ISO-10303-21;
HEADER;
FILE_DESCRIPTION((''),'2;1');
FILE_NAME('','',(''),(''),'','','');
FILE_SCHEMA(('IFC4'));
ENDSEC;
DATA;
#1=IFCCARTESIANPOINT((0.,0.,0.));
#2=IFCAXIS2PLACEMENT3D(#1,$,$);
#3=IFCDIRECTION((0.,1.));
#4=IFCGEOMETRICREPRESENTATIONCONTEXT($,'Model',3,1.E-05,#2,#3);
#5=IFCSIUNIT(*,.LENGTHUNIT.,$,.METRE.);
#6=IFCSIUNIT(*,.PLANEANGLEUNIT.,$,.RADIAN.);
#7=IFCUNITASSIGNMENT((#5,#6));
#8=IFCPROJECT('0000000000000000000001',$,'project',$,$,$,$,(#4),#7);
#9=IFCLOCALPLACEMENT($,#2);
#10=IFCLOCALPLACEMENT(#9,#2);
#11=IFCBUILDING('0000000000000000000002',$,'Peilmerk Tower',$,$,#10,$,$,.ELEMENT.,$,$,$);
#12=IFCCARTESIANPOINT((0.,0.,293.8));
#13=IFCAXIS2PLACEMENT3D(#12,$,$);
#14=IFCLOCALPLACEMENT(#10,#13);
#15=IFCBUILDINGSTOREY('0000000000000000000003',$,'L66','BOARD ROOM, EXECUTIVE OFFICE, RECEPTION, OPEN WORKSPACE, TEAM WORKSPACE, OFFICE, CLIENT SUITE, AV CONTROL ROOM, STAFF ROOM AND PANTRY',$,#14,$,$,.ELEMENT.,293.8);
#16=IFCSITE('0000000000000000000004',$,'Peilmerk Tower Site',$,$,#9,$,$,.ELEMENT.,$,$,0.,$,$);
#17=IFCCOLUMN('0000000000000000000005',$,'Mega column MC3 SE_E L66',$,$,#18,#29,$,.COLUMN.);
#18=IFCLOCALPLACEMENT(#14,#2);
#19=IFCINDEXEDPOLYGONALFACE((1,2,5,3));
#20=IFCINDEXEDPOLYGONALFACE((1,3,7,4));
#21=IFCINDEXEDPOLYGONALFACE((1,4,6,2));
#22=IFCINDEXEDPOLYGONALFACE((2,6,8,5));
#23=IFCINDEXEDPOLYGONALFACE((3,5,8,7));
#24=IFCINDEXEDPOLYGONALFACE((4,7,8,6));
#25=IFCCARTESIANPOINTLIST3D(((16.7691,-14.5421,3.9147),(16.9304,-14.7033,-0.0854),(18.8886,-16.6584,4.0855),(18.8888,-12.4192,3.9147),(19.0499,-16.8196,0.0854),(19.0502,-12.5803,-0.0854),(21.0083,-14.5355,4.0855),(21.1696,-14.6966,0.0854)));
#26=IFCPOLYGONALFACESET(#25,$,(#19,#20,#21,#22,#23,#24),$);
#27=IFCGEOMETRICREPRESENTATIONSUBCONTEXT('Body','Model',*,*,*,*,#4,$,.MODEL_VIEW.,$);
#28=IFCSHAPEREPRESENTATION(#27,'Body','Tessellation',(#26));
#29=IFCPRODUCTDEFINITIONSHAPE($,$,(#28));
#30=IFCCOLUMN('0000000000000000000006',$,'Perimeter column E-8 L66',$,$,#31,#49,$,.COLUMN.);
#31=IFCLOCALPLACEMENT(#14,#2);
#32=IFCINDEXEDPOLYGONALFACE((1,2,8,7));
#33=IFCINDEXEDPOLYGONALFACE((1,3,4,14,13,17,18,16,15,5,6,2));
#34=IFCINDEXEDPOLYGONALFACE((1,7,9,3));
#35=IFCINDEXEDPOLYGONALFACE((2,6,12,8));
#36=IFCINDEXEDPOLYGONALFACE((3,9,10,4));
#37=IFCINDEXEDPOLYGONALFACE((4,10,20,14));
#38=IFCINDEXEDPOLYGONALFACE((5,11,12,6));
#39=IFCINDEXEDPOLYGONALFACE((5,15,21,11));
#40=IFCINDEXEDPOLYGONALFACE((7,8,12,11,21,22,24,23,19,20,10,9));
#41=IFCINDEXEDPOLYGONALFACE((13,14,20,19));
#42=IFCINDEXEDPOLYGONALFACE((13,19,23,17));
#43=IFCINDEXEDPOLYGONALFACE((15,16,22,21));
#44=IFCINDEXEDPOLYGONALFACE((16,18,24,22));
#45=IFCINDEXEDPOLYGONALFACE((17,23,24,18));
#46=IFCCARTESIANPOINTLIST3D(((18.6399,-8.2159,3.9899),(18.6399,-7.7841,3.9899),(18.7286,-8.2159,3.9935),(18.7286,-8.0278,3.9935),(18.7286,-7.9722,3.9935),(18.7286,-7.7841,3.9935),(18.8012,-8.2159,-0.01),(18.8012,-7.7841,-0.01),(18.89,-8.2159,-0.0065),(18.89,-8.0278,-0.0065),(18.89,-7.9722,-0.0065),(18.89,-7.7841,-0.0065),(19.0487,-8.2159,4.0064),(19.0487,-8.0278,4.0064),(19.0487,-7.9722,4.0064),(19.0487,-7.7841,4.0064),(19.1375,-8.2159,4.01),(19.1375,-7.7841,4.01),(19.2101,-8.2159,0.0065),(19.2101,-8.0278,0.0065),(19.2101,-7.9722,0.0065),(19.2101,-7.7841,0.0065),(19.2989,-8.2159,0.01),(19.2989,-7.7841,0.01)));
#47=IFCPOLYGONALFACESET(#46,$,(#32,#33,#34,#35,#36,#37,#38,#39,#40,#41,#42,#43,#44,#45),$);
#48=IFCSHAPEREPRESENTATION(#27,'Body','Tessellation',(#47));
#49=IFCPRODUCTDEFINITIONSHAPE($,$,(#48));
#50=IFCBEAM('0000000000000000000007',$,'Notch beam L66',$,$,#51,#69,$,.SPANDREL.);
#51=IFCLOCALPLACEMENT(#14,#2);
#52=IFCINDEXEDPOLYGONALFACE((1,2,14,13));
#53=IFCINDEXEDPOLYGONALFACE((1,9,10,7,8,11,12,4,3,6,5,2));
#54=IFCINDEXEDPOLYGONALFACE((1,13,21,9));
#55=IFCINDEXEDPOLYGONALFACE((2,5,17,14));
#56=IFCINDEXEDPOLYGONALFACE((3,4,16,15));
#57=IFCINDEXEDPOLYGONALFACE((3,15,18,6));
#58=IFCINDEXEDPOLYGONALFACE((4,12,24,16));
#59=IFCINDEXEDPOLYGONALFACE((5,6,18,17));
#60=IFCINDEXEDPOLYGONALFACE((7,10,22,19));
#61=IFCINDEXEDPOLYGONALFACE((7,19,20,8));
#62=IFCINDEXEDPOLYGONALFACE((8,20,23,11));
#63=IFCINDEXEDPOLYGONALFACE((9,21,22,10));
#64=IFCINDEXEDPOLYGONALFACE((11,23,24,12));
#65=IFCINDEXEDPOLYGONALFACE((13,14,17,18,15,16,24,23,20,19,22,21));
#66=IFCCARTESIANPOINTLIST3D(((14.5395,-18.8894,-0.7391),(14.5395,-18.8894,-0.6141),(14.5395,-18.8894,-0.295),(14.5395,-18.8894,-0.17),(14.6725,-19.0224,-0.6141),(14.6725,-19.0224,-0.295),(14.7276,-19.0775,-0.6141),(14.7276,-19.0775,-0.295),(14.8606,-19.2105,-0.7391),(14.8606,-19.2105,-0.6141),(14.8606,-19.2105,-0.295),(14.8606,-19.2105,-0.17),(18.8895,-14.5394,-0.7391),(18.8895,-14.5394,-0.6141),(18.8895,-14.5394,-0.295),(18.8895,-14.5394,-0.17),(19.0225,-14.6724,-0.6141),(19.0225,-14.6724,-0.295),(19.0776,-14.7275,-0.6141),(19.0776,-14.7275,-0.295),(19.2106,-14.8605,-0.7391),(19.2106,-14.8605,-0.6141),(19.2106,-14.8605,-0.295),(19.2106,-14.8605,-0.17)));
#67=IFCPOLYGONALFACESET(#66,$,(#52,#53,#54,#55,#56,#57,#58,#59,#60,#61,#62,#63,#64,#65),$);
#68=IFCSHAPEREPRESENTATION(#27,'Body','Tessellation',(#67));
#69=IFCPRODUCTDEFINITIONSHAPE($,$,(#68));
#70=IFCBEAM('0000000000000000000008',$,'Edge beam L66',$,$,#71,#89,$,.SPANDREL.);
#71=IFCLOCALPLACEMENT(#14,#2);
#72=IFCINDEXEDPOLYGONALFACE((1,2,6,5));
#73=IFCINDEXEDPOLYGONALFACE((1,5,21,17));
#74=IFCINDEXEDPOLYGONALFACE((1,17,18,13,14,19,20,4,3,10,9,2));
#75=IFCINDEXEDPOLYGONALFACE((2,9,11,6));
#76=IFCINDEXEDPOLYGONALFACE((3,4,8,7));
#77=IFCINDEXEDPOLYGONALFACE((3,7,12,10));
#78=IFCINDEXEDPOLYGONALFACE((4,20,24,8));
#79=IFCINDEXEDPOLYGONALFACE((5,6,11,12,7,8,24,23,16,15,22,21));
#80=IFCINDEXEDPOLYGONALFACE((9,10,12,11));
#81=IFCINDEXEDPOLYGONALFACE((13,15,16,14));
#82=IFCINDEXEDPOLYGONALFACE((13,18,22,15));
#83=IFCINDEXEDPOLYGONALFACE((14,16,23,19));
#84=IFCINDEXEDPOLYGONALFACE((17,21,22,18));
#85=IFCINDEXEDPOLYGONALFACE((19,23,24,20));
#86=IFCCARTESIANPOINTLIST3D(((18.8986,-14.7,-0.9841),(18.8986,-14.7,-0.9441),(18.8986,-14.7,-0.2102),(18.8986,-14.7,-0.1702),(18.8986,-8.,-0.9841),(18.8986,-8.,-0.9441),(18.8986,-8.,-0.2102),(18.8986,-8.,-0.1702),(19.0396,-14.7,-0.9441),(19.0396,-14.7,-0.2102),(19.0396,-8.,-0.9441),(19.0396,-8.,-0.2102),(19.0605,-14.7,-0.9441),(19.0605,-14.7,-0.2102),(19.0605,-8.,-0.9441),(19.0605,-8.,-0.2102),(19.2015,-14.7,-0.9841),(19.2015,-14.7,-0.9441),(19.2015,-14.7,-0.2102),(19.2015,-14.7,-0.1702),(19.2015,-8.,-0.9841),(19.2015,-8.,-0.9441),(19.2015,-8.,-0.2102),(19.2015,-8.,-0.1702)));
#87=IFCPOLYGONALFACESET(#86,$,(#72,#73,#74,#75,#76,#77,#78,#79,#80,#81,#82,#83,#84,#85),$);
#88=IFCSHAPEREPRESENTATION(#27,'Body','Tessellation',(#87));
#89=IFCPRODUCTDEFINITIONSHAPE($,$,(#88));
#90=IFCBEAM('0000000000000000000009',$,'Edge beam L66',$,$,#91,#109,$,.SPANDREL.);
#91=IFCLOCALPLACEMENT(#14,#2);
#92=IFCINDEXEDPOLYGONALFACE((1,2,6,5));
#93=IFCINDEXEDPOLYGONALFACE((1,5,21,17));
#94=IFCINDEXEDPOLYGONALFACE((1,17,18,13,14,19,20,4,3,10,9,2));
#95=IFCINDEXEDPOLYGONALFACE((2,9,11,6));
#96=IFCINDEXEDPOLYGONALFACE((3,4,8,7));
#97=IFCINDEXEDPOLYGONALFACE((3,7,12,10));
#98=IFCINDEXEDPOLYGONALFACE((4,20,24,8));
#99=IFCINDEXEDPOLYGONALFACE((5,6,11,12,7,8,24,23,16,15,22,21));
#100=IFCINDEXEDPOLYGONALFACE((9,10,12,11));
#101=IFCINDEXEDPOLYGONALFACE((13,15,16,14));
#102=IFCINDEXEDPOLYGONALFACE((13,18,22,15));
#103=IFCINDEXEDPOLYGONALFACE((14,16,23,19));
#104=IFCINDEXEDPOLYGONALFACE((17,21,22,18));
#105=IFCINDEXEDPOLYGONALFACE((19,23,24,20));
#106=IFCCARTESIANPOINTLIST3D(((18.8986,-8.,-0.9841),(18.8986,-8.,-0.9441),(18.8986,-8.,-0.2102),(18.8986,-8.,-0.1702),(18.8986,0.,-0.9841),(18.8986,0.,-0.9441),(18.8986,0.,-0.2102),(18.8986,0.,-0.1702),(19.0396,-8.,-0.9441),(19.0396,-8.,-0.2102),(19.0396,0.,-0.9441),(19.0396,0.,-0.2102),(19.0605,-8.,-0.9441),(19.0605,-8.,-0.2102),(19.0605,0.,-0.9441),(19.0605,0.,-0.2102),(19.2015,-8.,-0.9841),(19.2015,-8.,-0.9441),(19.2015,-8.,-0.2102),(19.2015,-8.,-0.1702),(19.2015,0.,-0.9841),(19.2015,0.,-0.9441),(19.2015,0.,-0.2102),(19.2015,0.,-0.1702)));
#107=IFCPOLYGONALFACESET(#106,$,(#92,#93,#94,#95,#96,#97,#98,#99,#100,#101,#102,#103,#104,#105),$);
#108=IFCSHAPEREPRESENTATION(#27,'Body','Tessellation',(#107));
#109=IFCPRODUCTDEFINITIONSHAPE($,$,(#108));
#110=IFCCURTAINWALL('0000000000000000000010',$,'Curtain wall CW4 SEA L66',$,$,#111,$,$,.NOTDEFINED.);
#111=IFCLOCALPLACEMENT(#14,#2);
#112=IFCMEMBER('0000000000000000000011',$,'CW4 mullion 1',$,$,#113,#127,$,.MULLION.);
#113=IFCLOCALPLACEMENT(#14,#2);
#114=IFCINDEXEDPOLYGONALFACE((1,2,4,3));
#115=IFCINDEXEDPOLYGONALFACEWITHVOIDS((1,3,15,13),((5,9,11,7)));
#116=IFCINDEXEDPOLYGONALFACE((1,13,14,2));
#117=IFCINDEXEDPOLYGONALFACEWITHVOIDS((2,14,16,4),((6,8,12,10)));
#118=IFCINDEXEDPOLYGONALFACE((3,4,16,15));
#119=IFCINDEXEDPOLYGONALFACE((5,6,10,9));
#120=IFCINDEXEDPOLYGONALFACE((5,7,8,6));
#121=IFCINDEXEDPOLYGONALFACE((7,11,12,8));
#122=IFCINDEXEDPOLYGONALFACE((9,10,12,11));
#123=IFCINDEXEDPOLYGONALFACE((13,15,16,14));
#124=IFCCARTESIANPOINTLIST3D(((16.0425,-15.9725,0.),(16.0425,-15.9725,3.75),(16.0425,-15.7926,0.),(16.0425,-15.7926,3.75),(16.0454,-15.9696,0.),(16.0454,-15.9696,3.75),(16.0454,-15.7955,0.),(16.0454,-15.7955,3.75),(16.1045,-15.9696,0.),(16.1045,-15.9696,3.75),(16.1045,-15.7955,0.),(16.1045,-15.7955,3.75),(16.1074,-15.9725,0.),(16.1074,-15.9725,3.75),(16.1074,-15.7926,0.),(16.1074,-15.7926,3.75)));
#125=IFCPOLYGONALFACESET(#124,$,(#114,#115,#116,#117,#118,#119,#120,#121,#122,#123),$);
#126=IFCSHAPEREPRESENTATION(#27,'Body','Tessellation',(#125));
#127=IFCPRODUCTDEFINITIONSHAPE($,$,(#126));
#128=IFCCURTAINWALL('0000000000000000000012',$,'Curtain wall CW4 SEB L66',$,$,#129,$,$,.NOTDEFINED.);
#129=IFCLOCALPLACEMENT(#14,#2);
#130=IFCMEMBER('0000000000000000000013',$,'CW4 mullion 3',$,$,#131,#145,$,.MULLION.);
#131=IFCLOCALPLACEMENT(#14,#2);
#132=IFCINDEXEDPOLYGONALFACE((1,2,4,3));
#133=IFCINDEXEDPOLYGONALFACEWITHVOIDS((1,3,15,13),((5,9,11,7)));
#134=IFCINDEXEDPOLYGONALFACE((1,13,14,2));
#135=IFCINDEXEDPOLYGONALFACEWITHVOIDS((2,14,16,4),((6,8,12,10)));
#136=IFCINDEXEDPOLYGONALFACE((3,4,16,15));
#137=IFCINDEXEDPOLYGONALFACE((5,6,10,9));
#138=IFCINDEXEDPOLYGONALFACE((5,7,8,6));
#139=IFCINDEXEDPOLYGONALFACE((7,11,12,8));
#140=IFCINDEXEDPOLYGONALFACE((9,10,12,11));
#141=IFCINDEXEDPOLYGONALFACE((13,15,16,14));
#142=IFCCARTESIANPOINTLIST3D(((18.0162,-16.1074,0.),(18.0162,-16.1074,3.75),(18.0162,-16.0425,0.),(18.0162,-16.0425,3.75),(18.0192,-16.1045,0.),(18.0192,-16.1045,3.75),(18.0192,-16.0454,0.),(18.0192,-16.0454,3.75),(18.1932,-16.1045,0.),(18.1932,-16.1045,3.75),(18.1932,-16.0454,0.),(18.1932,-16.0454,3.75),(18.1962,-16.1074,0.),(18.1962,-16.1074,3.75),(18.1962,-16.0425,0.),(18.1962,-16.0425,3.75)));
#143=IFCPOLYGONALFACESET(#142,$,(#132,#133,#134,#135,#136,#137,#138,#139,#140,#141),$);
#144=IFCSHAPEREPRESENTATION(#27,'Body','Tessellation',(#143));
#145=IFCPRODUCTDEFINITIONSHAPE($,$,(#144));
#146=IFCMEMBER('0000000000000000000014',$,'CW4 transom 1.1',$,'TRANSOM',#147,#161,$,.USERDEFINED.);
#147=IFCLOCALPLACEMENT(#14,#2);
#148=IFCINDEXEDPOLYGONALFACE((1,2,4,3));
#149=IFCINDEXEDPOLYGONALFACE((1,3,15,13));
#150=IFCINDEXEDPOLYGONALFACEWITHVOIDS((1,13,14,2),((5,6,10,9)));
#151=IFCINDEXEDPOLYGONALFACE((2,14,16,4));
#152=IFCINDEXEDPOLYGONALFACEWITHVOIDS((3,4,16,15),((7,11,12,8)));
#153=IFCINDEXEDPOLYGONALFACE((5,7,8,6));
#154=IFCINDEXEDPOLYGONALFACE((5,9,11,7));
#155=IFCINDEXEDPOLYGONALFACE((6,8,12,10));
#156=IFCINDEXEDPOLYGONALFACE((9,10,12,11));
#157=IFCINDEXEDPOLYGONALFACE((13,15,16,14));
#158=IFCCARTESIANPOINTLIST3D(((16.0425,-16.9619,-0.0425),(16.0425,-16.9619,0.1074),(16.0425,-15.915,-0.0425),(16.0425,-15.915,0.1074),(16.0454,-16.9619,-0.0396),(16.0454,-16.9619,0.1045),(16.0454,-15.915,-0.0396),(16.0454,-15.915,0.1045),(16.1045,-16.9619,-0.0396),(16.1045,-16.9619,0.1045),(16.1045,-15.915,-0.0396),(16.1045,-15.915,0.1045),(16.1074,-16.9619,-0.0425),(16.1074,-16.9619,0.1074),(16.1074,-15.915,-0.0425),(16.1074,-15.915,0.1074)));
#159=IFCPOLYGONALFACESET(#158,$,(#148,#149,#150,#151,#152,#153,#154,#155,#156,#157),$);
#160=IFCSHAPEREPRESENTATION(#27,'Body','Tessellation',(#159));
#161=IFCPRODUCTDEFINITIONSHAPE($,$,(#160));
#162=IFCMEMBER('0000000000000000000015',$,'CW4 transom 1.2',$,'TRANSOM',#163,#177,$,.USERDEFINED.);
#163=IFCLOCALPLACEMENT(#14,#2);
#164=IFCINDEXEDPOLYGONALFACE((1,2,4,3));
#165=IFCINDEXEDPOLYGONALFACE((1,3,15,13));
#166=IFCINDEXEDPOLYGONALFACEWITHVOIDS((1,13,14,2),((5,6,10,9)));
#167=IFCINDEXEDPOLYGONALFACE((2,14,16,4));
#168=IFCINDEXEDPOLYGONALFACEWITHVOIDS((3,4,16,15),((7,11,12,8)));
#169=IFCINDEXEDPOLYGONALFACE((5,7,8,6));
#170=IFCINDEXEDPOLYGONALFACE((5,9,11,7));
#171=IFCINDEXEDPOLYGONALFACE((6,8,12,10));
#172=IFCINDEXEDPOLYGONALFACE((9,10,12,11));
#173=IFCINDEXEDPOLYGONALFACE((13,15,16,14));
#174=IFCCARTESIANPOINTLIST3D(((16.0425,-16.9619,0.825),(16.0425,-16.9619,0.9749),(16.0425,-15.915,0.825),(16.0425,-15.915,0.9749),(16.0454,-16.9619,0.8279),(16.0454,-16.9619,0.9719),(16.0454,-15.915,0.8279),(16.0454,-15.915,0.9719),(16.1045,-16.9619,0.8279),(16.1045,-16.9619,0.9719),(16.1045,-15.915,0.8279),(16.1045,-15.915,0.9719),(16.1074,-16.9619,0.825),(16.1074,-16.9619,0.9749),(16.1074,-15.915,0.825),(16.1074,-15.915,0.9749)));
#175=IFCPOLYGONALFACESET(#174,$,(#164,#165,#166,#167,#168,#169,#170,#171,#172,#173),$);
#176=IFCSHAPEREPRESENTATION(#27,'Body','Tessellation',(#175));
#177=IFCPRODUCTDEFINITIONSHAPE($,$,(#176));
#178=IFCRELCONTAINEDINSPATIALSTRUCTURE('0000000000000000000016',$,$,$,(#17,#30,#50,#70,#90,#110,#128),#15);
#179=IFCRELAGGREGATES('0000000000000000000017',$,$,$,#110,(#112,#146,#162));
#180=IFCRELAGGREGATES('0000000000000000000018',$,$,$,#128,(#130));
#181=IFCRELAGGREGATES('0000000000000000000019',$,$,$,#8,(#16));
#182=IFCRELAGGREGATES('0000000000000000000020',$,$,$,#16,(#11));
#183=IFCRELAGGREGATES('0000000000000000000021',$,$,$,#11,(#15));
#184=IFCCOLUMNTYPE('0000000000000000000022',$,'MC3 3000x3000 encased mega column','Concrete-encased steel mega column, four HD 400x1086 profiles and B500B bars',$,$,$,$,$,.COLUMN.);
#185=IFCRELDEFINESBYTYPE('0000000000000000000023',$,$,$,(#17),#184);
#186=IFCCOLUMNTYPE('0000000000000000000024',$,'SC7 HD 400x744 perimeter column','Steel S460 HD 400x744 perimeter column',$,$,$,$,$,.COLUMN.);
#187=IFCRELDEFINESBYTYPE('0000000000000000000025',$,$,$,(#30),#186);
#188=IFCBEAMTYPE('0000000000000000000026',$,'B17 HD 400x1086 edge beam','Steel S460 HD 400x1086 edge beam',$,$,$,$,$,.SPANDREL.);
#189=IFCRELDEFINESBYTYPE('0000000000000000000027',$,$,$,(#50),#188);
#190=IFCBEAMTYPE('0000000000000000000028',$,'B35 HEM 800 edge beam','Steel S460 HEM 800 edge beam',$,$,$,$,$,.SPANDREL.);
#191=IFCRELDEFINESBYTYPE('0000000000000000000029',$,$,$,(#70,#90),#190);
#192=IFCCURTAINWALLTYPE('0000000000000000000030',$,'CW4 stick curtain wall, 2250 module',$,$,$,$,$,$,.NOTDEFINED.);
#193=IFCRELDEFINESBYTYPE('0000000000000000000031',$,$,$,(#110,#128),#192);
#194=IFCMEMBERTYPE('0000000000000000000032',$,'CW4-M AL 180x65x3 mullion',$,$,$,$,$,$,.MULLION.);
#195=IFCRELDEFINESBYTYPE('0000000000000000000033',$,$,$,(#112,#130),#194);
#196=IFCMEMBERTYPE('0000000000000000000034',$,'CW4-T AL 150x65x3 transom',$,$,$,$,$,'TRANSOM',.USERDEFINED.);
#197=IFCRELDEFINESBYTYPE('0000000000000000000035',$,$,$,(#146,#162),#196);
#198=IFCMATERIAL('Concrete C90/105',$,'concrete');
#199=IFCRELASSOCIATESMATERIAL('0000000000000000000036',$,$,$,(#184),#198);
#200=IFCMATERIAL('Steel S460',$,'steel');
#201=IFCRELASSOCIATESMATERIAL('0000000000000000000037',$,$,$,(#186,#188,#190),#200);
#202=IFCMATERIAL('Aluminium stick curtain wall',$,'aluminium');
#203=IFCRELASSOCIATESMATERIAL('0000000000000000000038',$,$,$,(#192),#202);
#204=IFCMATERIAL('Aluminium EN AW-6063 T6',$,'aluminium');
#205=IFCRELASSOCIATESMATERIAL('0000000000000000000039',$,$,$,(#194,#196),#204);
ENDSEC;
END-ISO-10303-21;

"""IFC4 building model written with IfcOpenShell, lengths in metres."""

from ifc_helpers import new_model, si_unit, direction, frame, origin, origin_2d, place, context, subcontext, project, spatial, rectangle, hollow_rectangle, i_section, extrude, material, material_profile, profile_set, type_object, element, aggregate, save


model = new_model("IFC4")

# Units and contexts
model_context = context("Model", 3, precision=1e-05, world=origin(), true_north=direction((0.0, 1.0)))
body_context = subcontext(model_context, "Body", "Model", "MODEL_VIEW")
ifc_project = project(units=[si_unit("LENGTHUNIT", "METRE"), si_unit("PLANEANGLEUNIT", "RADIAN")], contexts=[model_context])

# Site, building, storey
site_placement = place(None, origin())
site = spatial("IfcSite", under=ifc_project, at=site_placement, Name="Peilmerk Tower Site", CompositionType="ELEMENT", RefElevation=0.0)
building_placement = place(site_placement, origin())
building = spatial("IfcBuilding", under=site, at=building_placement, Name="Peilmerk Tower", CompositionType="ELEMENT")
storey_placement = place(building_placement, frame((0.0, 0.0, 293.8)))
storey = spatial("IfcBuildingStorey", under=building, at=storey_placement, Name="L66", Description="BOARD ROOM, EXECUTIVE OFFICE, RECEPTION, OPEN WORKSPACE, TEAM WORKSPACE, OFFICE, CLIENT SUITE, AV CONTROL ROOM, STAFF ROOM AND PANTRY", CompositionType="ELEMENT", Elevation=293.8)

# Columns
ifc_material_1 = material(Name="Concrete C90/105", Category="concrete")
ifc_material_profile_1 = material_profile(ifc_material_1, rectangle(XDim=3.0, YDim=3.0, at=origin_2d()), Name="RC 3000x3000")
ifc_profile_set_1 = profile_set([ifc_material_profile_1], Name="Concrete C90/105")
column_type_1 = type_object("IfcColumnType", Name="MC3 3000x3000 encased mega column", Description="Concrete-encased steel mega column, four HD 400x1086 profiles and B500B bars", PredefinedType="COLUMN", material=ifc_profile_set_1)
column_1_placement = place(storey_placement, frame((19.05, -14.7, 0.0), z_axis=(-0.040279, 0.040218, 0.998379), x_axis=(-0.706571, -0.707642, 0.0)))
element("IfcColumn", 1, at=column_1_placement, inside=storey, type_object=column_type_1, Name="Mega column MC3 SE_E L66", PredefinedType="COLUMN", context=body_context, shape_type="SweptSolid", body=[
    extrude(rectangle(XDim=3.0, YDim=3.0, at=origin_2d()), origin(), (0.0, 0.0, 1.0), 4.0066),
])
ifc_material_2 = material(Name="Steel S460", Category="steel")
ifc_material_profile_2 = material_profile(ifc_material_2, i_section(OverallWidth=0.4319, OverallDepth=0.498, WebThickness=0.0557, FlangeThickness=0.0889, at=origin_2d()), Name="HD 400x744")
ifc_profile_set_2 = profile_set([ifc_material_profile_2], Name="Steel S460")
column_type_2 = type_object("IfcColumnType", Name="SC7 HD 400x744 perimeter column", Description="Steel S460 HD 400x744 perimeter column", PredefinedType="COLUMN", material=ifc_profile_set_2)
column_2_placement = place(storey_placement, frame((19.05, -8.0, 0.0), z_axis=(-0.040311, 0.0, 0.999187), x_axis=(0.0, -1.0, 0.0)))
element("IfcColumn", 2, at=column_2_placement, inside=storey, type_object=column_type_2, Name="Perimeter column E-8 L66", PredefinedType="COLUMN", context=body_context, shape_type="SweptSolid", body=[
    extrude(i_section(OverallWidth=0.4319, OverallDepth=0.498, WebThickness=0.0557, FlangeThickness=0.0889, at=origin_2d()), origin(), (0.0, 0.0, 1.0), 4.0032),
])

# Beams
ifc_material_profile_3 = material_profile(ifc_material_2, i_section(OverallWidth=0.4541, OverallDepth=0.5691, WebThickness=0.0779, FlangeThickness=0.125, at=origin_2d()), Name="HD 400x1086")
ifc_profile_set_3 = profile_set([ifc_material_profile_3], Name="Steel S460")
beam_type_1 = type_object("IfcBeamType", Name="B17 HD 400x1086 edge beam", Description="Steel S460 HD 400x1086 edge beam", PredefinedType="SPANDREL", material=ifc_profile_set_3)
beam_1_placement = place(storey_placement, frame((19.05, -14.7, -0.4546), z_axis=(-0.707107, -0.707107, 0.0), x_axis=(0.707107, -0.707107, 0.0)))
element("IfcBeam", 3, at=beam_1_placement, inside=storey, type_object=beam_type_1, Name="Notch beam L66", PredefinedType="SPANDREL", context=body_context, shape_type="SweptSolid", body=[
    extrude(i_section(OverallWidth=0.4541, OverallDepth=0.5691, WebThickness=0.0779, FlangeThickness=0.125, at=origin_2d()), origin(), (0.0, 0.0, 1.0), 6.1519),
])
ifc_material_profile_4 = material_profile(ifc_material_2, i_section(OverallWidth=0.303, OverallDepth=0.814, WebThickness=0.021, FlangeThickness=0.04, at=origin_2d()), Name="HEM 800")
ifc_profile_set_4 = profile_set([ifc_material_profile_4], Name="Steel S460")
beam_type_2 = type_object("IfcBeamType", Name="B35 HEM 800 edge beam", Description="Steel S460 HEM 800 edge beam", PredefinedType="SPANDREL", material=ifc_profile_set_4)
beam_2_placement = place(storey_placement, frame((19.05, -14.7, -0.5771), z_axis=(0.0, 1.0, 0.0), x_axis=(-1.0, 0.0, 0.0)))
element("IfcBeam", 4, at=beam_2_placement, inside=storey, type_object=beam_type_2, Name="Edge beam L66", PredefinedType="SPANDREL", context=body_context, shape_type="SweptSolid", body=[
    extrude(i_section(OverallWidth=0.303, OverallDepth=0.814, WebThickness=0.021, FlangeThickness=0.04, at=origin_2d()), origin(), (0.0, 0.0, 1.0), 6.7),
])
beam_3_placement = place(storey_placement, frame((19.05, -8.0, -0.5771), z_axis=(0.0, 1.0, 0.0), x_axis=(-1.0, 0.0, 0.0)))
element("IfcBeam", 5, at=beam_3_placement, inside=storey, type_object=beam_type_2, Name="Edge beam L66", PredefinedType="SPANDREL", context=body_context, shape_type="SweptSolid", body=[
    extrude(i_section(OverallWidth=0.303, OverallDepth=0.814, WebThickness=0.021, FlangeThickness=0.04, at=origin_2d()), origin(), (0.0, 0.0, 1.0), 8.0),
])

# Curtain walls, members
ifc_material_3 = material(Name="Aluminium stick curtain wall", Category="aluminium")
curtain_wall_type = type_object("IfcCurtainWallType", Name="CW4 stick curtain wall, 2250 module", PredefinedType="NOTDEFINED", material=ifc_material_3)
curtain_wall_1_placement = place(storey_placement, origin())
curtain_wall_1 = element("IfcCurtainWall", 6, at=curtain_wall_1_placement, inside=storey, type_object=curtain_wall_type, Name="Curtain wall CW4 SEA L66", PredefinedType="NOTDEFINED")
ifc_material_4 = material(Name="Aluminium EN AW-6063 T6", Category="aluminium")
ifc_material_profile_5 = material_profile(ifc_material_4, hollow_rectangle(XDim=0.0649, YDim=0.1799, WallThickness=0.0029, at=origin_2d()), Name="AL 180x65x3")
ifc_profile_set_5 = profile_set([ifc_material_profile_5], Name="Aluminium EN AW-6063 T6")
member_type_1 = type_object("IfcMemberType", Name="CW4-M AL 180x65x3 mullion", PredefinedType="MULLION", material=ifc_profile_set_5)
member_1_placement = place(storey_placement, frame((16.075, -15.8826, 0.0), z_axis=(0.0, 0.0, 1.0), x_axis=(1.0, 0.0, 0.0)))
member_1 = element("IfcMember", 7, at=member_1_placement, type_object=member_type_1, Name="CW4 mullion 1", PredefinedType="MULLION", context=body_context, shape_type="SweptSolid", body=[
    extrude(hollow_rectangle(XDim=0.0649, YDim=0.1799, WallThickness=0.0029, at=origin_2d()), origin(), (0.0, 0.0, 1.0), 3.75),
])
curtain_wall_2_placement = place(storey_placement, origin())
curtain_wall_2 = element("IfcCurtainWall", 8, at=curtain_wall_2_placement, inside=storey, type_object=curtain_wall_type, Name="Curtain wall CW4 SEB L66", PredefinedType="NOTDEFINED")
member_2_placement = place(storey_placement, frame((18.1062, -16.075, 0.0), z_axis=(0.0, 0.0, 1.0), x_axis=(0.0, 1.0, 0.0)))
member_2 = element("IfcMember", 9, at=member_2_placement, type_object=member_type_1, Name="CW4 mullion 3", PredefinedType="MULLION", context=body_context, shape_type="SweptSolid", body=[
    extrude(hollow_rectangle(XDim=0.0649, YDim=0.1799, WallThickness=0.0029, at=origin_2d()), origin(), (0.0, 0.0, 1.0), 3.75),
])

# Members
ifc_material_profile_6 = material_profile(ifc_material_4, hollow_rectangle(XDim=0.0649, YDim=0.1499, WallThickness=0.0029, at=origin_2d()), Name="AL 150x65x3")
ifc_profile_set_6 = profile_set([ifc_material_profile_6], Name="Aluminium EN AW-6063 T6")
member_type_2 = type_object("IfcMemberType", Name="CW4-T AL 150x65x3 transom", ElementType="TRANSOM", PredefinedType="USERDEFINED", material=ifc_profile_set_6)
member_3_placement = place(storey_placement, frame((16.075, -15.915, 0.0325), z_axis=(0.0, -1.0, 0.0), x_axis=(1.0, 0.0, 0.0)))
member_3 = element("IfcMember", 10, at=member_3_placement, type_object=member_type_2, Name="CW4 transom 1.1", ObjectType="TRANSOM", PredefinedType="USERDEFINED", context=body_context, shape_type="SweptSolid", body=[
    extrude(hollow_rectangle(XDim=0.0649, YDim=0.1499, WallThickness=0.0029, at=origin_2d()), origin(), (0.0, 0.0, 1.0), 1.0469),
])
member_4_placement = place(storey_placement, frame((16.075, -15.915, 0.8999), z_axis=(0.0, -1.0, 0.0), x_axis=(1.0, 0.0, 0.0)))
member_4 = element("IfcMember", 11, at=member_4_placement, type_object=member_type_2, Name="CW4 transom 1.2", ObjectType="TRANSOM", PredefinedType="USERDEFINED", context=body_context, shape_type="SweptSolid", body=[
    extrude(hollow_rectangle(XDim=0.0649, YDim=0.1499, WallThickness=0.0029, at=origin_2d()), origin(), (0.0, 0.0, 1.0), 1.0469),
])
aggregate(curtain_wall_1, [member_1, member_3, member_4])

aggregate(curtain_wall_2, [member_2])

save(model, "model.ifc")
